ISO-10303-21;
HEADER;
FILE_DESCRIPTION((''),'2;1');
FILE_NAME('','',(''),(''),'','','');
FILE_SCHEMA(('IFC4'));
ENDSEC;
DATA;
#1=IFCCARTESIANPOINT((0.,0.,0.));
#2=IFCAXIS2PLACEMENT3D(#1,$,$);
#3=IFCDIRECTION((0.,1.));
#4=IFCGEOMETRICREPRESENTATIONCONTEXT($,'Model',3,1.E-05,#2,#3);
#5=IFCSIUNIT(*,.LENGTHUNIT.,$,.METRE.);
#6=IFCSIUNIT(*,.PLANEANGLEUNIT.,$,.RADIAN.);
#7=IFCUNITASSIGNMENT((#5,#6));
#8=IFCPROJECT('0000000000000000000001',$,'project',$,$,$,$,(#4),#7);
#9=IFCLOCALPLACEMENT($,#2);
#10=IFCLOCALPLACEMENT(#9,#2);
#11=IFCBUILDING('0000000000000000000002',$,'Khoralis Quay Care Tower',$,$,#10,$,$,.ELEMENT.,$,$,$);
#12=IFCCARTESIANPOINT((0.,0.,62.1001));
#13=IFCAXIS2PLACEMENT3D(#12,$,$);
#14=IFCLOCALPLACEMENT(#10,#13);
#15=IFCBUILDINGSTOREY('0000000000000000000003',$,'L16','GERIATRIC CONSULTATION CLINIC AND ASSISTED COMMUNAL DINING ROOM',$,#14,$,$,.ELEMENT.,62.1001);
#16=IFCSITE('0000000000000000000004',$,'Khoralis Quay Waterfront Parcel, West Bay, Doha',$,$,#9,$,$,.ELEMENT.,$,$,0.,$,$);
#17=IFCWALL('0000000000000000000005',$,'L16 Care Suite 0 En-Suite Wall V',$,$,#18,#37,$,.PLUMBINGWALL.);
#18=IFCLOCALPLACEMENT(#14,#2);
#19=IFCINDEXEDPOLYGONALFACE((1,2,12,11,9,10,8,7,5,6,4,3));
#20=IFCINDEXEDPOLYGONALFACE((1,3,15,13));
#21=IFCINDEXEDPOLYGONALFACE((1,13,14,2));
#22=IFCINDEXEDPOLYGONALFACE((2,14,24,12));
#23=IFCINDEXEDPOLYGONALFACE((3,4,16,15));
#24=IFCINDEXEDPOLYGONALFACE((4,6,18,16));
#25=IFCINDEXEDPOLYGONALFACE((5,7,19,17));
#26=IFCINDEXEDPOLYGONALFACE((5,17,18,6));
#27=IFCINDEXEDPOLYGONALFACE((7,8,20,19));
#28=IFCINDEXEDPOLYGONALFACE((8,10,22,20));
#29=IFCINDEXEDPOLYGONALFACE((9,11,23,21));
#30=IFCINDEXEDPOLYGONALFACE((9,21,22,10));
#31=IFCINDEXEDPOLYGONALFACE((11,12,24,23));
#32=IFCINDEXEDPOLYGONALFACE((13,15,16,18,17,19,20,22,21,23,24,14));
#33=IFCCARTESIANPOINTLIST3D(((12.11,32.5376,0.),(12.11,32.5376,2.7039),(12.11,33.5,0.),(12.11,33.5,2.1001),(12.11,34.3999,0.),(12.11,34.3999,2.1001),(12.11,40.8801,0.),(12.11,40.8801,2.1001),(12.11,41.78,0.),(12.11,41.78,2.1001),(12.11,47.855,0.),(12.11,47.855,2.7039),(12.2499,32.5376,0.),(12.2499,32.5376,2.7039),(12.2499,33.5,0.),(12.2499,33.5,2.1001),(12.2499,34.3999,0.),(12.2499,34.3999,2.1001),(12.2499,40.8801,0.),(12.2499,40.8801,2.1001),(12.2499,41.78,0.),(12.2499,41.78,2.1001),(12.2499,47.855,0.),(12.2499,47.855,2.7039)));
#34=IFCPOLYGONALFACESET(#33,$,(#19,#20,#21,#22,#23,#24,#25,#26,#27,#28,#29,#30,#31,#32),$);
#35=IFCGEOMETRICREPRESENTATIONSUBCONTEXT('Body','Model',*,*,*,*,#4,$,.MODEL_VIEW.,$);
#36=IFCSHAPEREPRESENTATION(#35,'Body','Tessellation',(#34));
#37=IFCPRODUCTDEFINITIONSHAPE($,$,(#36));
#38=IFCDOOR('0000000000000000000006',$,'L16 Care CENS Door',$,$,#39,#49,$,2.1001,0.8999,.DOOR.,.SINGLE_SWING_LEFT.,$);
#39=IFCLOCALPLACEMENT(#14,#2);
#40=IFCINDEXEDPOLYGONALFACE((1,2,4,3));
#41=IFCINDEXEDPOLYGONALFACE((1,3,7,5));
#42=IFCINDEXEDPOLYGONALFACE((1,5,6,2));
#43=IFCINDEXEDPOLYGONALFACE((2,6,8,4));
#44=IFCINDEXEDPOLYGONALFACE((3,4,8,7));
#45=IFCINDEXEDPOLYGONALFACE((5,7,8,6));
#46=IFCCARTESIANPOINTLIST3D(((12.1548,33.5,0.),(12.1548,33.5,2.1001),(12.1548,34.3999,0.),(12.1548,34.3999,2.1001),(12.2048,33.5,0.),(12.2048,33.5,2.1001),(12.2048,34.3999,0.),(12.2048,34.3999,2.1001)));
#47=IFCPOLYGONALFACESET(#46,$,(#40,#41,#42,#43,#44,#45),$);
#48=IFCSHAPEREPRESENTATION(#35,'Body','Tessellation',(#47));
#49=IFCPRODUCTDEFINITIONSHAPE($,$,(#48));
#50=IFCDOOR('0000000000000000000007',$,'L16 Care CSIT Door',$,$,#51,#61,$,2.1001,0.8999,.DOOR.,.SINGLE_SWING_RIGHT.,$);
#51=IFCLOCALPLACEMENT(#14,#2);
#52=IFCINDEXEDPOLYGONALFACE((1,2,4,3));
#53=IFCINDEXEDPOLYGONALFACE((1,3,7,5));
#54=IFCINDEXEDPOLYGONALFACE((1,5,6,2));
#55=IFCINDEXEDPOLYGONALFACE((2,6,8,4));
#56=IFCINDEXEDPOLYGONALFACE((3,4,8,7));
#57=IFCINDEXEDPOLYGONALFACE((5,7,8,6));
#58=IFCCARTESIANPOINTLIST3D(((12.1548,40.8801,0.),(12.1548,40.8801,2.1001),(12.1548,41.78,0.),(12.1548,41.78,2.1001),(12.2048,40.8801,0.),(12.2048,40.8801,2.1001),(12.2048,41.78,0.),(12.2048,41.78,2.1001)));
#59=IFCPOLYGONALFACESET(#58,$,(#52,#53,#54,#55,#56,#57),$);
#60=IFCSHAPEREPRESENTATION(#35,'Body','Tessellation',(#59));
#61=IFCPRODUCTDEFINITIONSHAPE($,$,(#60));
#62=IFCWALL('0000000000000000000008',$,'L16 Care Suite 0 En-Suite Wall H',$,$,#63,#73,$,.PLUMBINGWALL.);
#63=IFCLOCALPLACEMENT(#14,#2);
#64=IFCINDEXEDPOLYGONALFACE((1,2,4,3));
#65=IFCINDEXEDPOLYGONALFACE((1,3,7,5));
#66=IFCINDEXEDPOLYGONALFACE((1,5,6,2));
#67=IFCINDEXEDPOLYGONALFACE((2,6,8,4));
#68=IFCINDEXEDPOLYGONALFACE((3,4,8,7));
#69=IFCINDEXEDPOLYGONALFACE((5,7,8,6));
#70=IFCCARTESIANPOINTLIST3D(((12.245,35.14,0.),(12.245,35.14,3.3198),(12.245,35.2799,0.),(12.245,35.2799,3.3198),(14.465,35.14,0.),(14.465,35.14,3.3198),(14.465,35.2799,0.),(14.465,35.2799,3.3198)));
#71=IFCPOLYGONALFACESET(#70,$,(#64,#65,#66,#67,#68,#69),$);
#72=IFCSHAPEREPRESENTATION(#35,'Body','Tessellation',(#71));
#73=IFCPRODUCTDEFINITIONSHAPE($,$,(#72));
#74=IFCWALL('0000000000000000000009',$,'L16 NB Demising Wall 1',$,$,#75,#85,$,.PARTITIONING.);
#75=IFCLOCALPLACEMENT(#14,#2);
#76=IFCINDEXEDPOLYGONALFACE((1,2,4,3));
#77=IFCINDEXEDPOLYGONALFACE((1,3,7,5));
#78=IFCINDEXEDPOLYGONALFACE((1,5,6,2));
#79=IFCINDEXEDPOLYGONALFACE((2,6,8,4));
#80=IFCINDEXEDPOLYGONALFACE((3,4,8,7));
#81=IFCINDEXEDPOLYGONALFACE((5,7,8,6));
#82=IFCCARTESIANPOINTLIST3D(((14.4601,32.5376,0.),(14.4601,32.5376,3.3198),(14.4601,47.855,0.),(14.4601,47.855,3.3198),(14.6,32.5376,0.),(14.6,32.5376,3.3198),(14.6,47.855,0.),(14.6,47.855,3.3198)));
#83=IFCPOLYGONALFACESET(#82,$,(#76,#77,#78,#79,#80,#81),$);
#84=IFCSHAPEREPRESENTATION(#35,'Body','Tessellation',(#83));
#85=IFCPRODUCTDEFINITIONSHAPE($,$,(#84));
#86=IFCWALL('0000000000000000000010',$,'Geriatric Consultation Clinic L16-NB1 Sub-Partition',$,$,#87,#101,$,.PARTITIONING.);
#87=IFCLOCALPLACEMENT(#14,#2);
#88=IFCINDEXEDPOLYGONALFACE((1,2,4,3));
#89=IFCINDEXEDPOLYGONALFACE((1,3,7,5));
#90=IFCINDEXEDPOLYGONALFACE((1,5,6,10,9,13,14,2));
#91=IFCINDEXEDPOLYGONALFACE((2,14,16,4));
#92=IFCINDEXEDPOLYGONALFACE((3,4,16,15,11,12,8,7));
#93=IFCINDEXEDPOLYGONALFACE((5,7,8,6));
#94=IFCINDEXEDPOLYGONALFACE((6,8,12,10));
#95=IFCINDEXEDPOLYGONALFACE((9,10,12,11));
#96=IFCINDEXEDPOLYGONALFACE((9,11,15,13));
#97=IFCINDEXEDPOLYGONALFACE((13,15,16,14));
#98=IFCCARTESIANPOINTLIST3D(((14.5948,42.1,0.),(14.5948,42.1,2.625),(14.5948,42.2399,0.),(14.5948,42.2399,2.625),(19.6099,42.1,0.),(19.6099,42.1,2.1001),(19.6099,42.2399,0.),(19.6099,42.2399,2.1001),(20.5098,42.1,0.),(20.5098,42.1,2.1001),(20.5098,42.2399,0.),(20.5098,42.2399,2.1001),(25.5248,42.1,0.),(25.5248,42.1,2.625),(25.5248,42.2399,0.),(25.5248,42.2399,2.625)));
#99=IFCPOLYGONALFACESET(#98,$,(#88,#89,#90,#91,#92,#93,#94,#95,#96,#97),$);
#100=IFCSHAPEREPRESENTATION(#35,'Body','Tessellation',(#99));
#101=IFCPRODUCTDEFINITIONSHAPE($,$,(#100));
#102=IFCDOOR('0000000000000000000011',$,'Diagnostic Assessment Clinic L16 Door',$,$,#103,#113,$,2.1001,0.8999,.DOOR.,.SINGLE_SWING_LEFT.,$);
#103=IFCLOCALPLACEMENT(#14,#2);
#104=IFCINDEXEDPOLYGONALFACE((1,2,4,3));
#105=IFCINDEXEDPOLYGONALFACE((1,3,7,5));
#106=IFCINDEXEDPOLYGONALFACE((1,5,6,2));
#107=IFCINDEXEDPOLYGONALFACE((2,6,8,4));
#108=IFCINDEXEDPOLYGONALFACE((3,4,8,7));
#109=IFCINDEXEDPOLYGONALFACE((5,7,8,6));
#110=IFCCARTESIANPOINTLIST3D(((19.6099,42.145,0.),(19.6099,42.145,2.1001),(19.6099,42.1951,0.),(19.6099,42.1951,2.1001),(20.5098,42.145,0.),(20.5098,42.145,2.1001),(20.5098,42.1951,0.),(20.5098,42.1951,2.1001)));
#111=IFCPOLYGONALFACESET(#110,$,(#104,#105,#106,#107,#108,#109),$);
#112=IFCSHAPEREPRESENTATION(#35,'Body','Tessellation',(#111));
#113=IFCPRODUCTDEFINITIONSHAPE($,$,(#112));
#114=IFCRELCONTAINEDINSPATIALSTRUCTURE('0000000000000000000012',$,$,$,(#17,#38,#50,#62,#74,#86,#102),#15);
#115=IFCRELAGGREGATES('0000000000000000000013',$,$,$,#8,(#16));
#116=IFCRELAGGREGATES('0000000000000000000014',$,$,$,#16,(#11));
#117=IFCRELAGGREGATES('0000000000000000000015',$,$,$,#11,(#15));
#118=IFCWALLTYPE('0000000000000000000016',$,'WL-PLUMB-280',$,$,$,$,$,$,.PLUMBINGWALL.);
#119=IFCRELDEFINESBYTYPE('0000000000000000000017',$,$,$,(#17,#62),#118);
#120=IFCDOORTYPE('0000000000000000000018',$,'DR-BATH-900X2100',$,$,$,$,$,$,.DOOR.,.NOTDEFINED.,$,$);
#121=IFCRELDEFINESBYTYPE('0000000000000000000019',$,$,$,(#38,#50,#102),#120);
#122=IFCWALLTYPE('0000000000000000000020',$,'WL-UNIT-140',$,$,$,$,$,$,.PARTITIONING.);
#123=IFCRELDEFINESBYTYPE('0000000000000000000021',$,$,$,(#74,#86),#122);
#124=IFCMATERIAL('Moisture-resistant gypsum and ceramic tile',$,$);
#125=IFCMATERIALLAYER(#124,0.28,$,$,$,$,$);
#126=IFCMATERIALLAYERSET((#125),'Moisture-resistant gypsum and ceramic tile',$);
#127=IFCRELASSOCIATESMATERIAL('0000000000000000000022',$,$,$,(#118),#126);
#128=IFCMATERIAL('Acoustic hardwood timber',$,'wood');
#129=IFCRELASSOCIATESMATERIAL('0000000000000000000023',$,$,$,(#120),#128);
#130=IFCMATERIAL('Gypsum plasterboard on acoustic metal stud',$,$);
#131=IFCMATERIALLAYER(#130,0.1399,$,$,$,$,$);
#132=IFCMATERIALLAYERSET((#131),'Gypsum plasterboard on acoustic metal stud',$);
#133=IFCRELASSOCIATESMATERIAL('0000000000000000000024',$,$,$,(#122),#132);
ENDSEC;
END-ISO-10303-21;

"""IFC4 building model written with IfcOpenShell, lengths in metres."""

from ifc_helpers import new_model, si_unit, direction, frame, frame_2d, origin, place, context, subcontext, project, spatial, rectangle, extrude, source, transform, mapped, material, layer, layer_set, type_object, element, fill, save


model = new_model("IFC4")

# Units and contexts
model_context = context("Model", 3, precision=1e-05, world=origin(), true_north=direction((0.0, 1.0)))
body_context = subcontext(model_context, "Body", "Model", "MODEL_VIEW")
ifc_project = project(units=[si_unit("LENGTHUNIT", "METRE"), si_unit("PLANEANGLEUNIT", "RADIAN")], contexts=[model_context])

# Site, building, storey
site_placement = place(None, origin())
site = spatial("IfcSite", under=ifc_project, at=site_placement, Name="Khoralis Quay Waterfront Parcel, West Bay, Doha", CompositionType="ELEMENT", RefElevation=0.0)
building_placement = place(site_placement, origin())
building = spatial("IfcBuilding", under=site, at=building_placement, Name="Khoralis Quay Care Tower", CompositionType="ELEMENT")
storey_placement = place(building_placement, frame((0.0, 0.0, 62.1001)))
storey = spatial("IfcBuildingStorey", under=building, at=storey_placement, Name="L16", Description="GERIATRIC CONSULTATION CLINIC AND ASSISTED COMMUNAL DINING ROOM", CompositionType="ELEMENT", Elevation=62.1001)

# Wall, openings, doors
ifc_material_1 = material(Name="Moisture-resistant gypsum and ceramic tile")
ifc_layer_1 = layer(ifc_material_1, 0.28)
ifc_layer_set_1 = layer_set([ifc_layer_1], Name="Moisture-resistant gypsum and ceramic tile")
wall_type_1 = type_object("IfcWallType", Name="WL-PLUMB-280", PredefinedType="PLUMBINGWALL", material=ifc_layer_set_1)
wall_1_placement = place(storey_placement, frame((12.1799, 32.5376, 0.0), z_axis=(0.0, 0.0, 1.0), x_axis=(0.0, 1.0, 0.0)))
wall_1 = element("IfcWall", 1, at=wall_1_placement, inside=storey, type_object=wall_type_1, Name="L16 Care Suite 0 En-Suite Wall V", PredefinedType="PLUMBINGWALL", context=body_context, shape_type="SweptSolid", body=[
    extrude(rectangle(XDim=15.3174, YDim=0.1399, at=frame_2d((7.6587, 0.0))), origin(), (0.0, 0.0, 1.0), 2.7039),
])
opening_1_placement = place(wall_1_placement, frame((0.9624, 0.0, 0.0)))
opening_1 = element("IfcOpeningElement", 2, at=opening_1_placement, cuts=wall_1, PredefinedType="OPENING", context=body_context, shape_type="SweptSolid", body=[
    extrude(rectangle(XDim=0.8999, YDim=2.1001, at=frame_2d((0.45, 1.05))), frame((0.0, 0.0801, 0.0), z_axis=(0.0, -1.0, 0.0), x_axis=(1.0, 0.0, 0.0)), (0.0, 0.0, 1.0), 0.1599),
])
opening_2_placement = place(wall_1_placement, frame((8.3425, 0.0, 0.0)))
opening_2 = element("IfcOpeningElement", 3, at=opening_2_placement, cuts=wall_1, PredefinedType="OPENING", context=body_context, shape_type="SweptSolid", body=[
    extrude(rectangle(XDim=0.8999, YDim=2.1001, at=frame_2d((0.45, 1.05))), frame((0.0, 0.0801, 0.0), z_axis=(0.0, -1.0, 0.0), x_axis=(1.0, 0.0, 0.0)), (0.0, 0.0, 1.0), 0.1599),
])
ifc_material_2 = material(Name="Acoustic hardwood timber", Category="wood")
door_type = type_object("IfcDoorType", Name="DR-BATH-900X2100", OperationType="NOTDEFINED", PredefinedType="DOOR", material=ifc_material_2)
shared_shape_1 = source(origin(), body_context, "Body", "SweptSolid", [
    extrude(rectangle(XDim=0.8999, YDim=2.1001, at=frame_2d((0.45, 1.05))), frame((0.0, 0.0249, 0.0), z_axis=(0.0, -1.0, 0.0), x_axis=(1.0, 0.0, 0.0)), (0.0, 0.0, 1.0), 0.05),
])
door_1_placement = place(opening_1_placement, frame((0.8999, 0.0, 0.0), z_axis=(0.0, 0.0, 1.0), x_axis=(-1.0, 0.0, 0.0)))
door_1 = element("IfcDoor", 4, at=door_1_placement, inside=storey, type_object=door_type, Name="L16 Care CENS Door", OperationType="SINGLE_SWING_LEFT", OverallHeight=2.1001, OverallWidth=0.8999, PredefinedType="DOOR", context=body_context, shape_type="MappedRepresentation", body=[
    mapped(shared_shape_1, transform((0.0, 0.0, 0.0), scale=1.0)),
])
fill(opening_1, door_1)
door_2_placement = place(opening_2_placement, frame((0.8999, 0.0, 0.0), z_axis=(0.0, 0.0, 1.0), x_axis=(-1.0, 0.0, 0.0)))
door_2 = element("IfcDoor", 5, at=door_2_placement, inside=storey, type_object=door_type, Name="L16 Care CSIT Door", OperationType="SINGLE_SWING_RIGHT", OverallHeight=2.1001, OverallWidth=0.8999, PredefinedType="DOOR", context=body_context, shape_type="MappedRepresentation", body=[
    mapped(shared_shape_1, transform((0.0, 0.0, 0.0), scale=1.0)),
])
fill(opening_2, door_2)

# Walls
wall_2_placement = place(storey_placement, frame((12.2451, 35.21, 0.0), z_axis=(0.0, 0.0, 1.0), x_axis=(1.0, 0.0, 0.0)))
element("IfcWall", 6, at=wall_2_placement, inside=storey, type_object=wall_type_1, Name="L16 Care Suite 0 En-Suite Wall H", PredefinedType="PLUMBINGWALL", context=body_context, shape_type="SweptSolid", body=[
    extrude(rectangle(XDim=2.22, YDim=0.1399, at=frame_2d((1.1099, 0.0))), origin(), (0.0, 0.0, 1.0), 3.3198),
])
ifc_material_3 = material(Name="Gypsum plasterboard on acoustic metal stud")
ifc_layer_2 = layer(ifc_material_3, 0.1399)
ifc_layer_set_2 = layer_set([ifc_layer_2], Name="Gypsum plasterboard on acoustic metal stud")
wall_type_2 = type_object("IfcWallType", Name="WL-UNIT-140", PredefinedType="PARTITIONING", material=ifc_layer_set_2)
wall_3_placement = place(storey_placement, frame((14.53, 32.5376, 0.0), z_axis=(0.0, 0.0, 1.0), x_axis=(0.0, 1.0, 0.0)))
element("IfcWall", 7, at=wall_3_placement, inside=storey, type_object=wall_type_2, Name="L16 NB Demising Wall 1", PredefinedType="PARTITIONING", context=body_context, shape_type="SweptSolid", body=[
    extrude(rectangle(XDim=15.3174, YDim=0.1399, at=frame_2d((7.6587, 0.0))), origin(), (0.0, 0.0, 1.0), 3.3198),
])

# Wall, opening, door
wall_4_placement = place(storey_placement, frame((14.595, 42.1699, 0.0), z_axis=(0.0, 0.0, 1.0), x_axis=(1.0, 0.0, 0.0)))
wall_4 = element("IfcWall", 8, at=wall_4_placement, inside=storey, type_object=wall_type_2, Name="Geriatric Consultation Clinic L16-NB1 Sub-Partition", PredefinedType="PARTITIONING", context=body_context, shape_type="SweptSolid", body=[
    extrude(rectangle(XDim=10.9299, YDim=0.1399, at=frame_2d((5.4648, 0.0))), origin(), (0.0, 0.0, 1.0), 2.625),
])
opening_3_placement = place(wall_4_placement, frame((5.0149, 0.0, 0.0)))
opening_3 = element("IfcOpeningElement", 9, at=opening_3_placement, cuts=wall_4, PredefinedType="OPENING", context=body_context, shape_type="SweptSolid", body=[
    extrude(rectangle(XDim=0.8999, YDim=2.1001, at=frame_2d((0.45, 1.05))), frame((0.0, 0.0801, 0.0), z_axis=(0.0, -1.0, 0.0), x_axis=(1.0, 0.0, 0.0)), (0.0, 0.0, 1.0), 0.1599),
])
door_3_placement = place(opening_3_placement, frame((0.8999, 0.0, 0.0), z_axis=(0.0, 0.0, 1.0), x_axis=(-1.0, 0.0, 0.0)))
door_3 = element("IfcDoor", 10, at=door_3_placement, inside=storey, type_object=door_type, Name="Diagnostic Assessment Clinic L16 Door", OperationType="SINGLE_SWING_LEFT", OverallHeight=2.1001, OverallWidth=0.8999, PredefinedType="DOOR", context=body_context, shape_type="MappedRepresentation", body=[
    mapped(shared_shape_1, transform((0.0, 0.0, 0.0), scale=1.0)),
])
fill(opening_3, door_3)

save(model, "model.ifc")
